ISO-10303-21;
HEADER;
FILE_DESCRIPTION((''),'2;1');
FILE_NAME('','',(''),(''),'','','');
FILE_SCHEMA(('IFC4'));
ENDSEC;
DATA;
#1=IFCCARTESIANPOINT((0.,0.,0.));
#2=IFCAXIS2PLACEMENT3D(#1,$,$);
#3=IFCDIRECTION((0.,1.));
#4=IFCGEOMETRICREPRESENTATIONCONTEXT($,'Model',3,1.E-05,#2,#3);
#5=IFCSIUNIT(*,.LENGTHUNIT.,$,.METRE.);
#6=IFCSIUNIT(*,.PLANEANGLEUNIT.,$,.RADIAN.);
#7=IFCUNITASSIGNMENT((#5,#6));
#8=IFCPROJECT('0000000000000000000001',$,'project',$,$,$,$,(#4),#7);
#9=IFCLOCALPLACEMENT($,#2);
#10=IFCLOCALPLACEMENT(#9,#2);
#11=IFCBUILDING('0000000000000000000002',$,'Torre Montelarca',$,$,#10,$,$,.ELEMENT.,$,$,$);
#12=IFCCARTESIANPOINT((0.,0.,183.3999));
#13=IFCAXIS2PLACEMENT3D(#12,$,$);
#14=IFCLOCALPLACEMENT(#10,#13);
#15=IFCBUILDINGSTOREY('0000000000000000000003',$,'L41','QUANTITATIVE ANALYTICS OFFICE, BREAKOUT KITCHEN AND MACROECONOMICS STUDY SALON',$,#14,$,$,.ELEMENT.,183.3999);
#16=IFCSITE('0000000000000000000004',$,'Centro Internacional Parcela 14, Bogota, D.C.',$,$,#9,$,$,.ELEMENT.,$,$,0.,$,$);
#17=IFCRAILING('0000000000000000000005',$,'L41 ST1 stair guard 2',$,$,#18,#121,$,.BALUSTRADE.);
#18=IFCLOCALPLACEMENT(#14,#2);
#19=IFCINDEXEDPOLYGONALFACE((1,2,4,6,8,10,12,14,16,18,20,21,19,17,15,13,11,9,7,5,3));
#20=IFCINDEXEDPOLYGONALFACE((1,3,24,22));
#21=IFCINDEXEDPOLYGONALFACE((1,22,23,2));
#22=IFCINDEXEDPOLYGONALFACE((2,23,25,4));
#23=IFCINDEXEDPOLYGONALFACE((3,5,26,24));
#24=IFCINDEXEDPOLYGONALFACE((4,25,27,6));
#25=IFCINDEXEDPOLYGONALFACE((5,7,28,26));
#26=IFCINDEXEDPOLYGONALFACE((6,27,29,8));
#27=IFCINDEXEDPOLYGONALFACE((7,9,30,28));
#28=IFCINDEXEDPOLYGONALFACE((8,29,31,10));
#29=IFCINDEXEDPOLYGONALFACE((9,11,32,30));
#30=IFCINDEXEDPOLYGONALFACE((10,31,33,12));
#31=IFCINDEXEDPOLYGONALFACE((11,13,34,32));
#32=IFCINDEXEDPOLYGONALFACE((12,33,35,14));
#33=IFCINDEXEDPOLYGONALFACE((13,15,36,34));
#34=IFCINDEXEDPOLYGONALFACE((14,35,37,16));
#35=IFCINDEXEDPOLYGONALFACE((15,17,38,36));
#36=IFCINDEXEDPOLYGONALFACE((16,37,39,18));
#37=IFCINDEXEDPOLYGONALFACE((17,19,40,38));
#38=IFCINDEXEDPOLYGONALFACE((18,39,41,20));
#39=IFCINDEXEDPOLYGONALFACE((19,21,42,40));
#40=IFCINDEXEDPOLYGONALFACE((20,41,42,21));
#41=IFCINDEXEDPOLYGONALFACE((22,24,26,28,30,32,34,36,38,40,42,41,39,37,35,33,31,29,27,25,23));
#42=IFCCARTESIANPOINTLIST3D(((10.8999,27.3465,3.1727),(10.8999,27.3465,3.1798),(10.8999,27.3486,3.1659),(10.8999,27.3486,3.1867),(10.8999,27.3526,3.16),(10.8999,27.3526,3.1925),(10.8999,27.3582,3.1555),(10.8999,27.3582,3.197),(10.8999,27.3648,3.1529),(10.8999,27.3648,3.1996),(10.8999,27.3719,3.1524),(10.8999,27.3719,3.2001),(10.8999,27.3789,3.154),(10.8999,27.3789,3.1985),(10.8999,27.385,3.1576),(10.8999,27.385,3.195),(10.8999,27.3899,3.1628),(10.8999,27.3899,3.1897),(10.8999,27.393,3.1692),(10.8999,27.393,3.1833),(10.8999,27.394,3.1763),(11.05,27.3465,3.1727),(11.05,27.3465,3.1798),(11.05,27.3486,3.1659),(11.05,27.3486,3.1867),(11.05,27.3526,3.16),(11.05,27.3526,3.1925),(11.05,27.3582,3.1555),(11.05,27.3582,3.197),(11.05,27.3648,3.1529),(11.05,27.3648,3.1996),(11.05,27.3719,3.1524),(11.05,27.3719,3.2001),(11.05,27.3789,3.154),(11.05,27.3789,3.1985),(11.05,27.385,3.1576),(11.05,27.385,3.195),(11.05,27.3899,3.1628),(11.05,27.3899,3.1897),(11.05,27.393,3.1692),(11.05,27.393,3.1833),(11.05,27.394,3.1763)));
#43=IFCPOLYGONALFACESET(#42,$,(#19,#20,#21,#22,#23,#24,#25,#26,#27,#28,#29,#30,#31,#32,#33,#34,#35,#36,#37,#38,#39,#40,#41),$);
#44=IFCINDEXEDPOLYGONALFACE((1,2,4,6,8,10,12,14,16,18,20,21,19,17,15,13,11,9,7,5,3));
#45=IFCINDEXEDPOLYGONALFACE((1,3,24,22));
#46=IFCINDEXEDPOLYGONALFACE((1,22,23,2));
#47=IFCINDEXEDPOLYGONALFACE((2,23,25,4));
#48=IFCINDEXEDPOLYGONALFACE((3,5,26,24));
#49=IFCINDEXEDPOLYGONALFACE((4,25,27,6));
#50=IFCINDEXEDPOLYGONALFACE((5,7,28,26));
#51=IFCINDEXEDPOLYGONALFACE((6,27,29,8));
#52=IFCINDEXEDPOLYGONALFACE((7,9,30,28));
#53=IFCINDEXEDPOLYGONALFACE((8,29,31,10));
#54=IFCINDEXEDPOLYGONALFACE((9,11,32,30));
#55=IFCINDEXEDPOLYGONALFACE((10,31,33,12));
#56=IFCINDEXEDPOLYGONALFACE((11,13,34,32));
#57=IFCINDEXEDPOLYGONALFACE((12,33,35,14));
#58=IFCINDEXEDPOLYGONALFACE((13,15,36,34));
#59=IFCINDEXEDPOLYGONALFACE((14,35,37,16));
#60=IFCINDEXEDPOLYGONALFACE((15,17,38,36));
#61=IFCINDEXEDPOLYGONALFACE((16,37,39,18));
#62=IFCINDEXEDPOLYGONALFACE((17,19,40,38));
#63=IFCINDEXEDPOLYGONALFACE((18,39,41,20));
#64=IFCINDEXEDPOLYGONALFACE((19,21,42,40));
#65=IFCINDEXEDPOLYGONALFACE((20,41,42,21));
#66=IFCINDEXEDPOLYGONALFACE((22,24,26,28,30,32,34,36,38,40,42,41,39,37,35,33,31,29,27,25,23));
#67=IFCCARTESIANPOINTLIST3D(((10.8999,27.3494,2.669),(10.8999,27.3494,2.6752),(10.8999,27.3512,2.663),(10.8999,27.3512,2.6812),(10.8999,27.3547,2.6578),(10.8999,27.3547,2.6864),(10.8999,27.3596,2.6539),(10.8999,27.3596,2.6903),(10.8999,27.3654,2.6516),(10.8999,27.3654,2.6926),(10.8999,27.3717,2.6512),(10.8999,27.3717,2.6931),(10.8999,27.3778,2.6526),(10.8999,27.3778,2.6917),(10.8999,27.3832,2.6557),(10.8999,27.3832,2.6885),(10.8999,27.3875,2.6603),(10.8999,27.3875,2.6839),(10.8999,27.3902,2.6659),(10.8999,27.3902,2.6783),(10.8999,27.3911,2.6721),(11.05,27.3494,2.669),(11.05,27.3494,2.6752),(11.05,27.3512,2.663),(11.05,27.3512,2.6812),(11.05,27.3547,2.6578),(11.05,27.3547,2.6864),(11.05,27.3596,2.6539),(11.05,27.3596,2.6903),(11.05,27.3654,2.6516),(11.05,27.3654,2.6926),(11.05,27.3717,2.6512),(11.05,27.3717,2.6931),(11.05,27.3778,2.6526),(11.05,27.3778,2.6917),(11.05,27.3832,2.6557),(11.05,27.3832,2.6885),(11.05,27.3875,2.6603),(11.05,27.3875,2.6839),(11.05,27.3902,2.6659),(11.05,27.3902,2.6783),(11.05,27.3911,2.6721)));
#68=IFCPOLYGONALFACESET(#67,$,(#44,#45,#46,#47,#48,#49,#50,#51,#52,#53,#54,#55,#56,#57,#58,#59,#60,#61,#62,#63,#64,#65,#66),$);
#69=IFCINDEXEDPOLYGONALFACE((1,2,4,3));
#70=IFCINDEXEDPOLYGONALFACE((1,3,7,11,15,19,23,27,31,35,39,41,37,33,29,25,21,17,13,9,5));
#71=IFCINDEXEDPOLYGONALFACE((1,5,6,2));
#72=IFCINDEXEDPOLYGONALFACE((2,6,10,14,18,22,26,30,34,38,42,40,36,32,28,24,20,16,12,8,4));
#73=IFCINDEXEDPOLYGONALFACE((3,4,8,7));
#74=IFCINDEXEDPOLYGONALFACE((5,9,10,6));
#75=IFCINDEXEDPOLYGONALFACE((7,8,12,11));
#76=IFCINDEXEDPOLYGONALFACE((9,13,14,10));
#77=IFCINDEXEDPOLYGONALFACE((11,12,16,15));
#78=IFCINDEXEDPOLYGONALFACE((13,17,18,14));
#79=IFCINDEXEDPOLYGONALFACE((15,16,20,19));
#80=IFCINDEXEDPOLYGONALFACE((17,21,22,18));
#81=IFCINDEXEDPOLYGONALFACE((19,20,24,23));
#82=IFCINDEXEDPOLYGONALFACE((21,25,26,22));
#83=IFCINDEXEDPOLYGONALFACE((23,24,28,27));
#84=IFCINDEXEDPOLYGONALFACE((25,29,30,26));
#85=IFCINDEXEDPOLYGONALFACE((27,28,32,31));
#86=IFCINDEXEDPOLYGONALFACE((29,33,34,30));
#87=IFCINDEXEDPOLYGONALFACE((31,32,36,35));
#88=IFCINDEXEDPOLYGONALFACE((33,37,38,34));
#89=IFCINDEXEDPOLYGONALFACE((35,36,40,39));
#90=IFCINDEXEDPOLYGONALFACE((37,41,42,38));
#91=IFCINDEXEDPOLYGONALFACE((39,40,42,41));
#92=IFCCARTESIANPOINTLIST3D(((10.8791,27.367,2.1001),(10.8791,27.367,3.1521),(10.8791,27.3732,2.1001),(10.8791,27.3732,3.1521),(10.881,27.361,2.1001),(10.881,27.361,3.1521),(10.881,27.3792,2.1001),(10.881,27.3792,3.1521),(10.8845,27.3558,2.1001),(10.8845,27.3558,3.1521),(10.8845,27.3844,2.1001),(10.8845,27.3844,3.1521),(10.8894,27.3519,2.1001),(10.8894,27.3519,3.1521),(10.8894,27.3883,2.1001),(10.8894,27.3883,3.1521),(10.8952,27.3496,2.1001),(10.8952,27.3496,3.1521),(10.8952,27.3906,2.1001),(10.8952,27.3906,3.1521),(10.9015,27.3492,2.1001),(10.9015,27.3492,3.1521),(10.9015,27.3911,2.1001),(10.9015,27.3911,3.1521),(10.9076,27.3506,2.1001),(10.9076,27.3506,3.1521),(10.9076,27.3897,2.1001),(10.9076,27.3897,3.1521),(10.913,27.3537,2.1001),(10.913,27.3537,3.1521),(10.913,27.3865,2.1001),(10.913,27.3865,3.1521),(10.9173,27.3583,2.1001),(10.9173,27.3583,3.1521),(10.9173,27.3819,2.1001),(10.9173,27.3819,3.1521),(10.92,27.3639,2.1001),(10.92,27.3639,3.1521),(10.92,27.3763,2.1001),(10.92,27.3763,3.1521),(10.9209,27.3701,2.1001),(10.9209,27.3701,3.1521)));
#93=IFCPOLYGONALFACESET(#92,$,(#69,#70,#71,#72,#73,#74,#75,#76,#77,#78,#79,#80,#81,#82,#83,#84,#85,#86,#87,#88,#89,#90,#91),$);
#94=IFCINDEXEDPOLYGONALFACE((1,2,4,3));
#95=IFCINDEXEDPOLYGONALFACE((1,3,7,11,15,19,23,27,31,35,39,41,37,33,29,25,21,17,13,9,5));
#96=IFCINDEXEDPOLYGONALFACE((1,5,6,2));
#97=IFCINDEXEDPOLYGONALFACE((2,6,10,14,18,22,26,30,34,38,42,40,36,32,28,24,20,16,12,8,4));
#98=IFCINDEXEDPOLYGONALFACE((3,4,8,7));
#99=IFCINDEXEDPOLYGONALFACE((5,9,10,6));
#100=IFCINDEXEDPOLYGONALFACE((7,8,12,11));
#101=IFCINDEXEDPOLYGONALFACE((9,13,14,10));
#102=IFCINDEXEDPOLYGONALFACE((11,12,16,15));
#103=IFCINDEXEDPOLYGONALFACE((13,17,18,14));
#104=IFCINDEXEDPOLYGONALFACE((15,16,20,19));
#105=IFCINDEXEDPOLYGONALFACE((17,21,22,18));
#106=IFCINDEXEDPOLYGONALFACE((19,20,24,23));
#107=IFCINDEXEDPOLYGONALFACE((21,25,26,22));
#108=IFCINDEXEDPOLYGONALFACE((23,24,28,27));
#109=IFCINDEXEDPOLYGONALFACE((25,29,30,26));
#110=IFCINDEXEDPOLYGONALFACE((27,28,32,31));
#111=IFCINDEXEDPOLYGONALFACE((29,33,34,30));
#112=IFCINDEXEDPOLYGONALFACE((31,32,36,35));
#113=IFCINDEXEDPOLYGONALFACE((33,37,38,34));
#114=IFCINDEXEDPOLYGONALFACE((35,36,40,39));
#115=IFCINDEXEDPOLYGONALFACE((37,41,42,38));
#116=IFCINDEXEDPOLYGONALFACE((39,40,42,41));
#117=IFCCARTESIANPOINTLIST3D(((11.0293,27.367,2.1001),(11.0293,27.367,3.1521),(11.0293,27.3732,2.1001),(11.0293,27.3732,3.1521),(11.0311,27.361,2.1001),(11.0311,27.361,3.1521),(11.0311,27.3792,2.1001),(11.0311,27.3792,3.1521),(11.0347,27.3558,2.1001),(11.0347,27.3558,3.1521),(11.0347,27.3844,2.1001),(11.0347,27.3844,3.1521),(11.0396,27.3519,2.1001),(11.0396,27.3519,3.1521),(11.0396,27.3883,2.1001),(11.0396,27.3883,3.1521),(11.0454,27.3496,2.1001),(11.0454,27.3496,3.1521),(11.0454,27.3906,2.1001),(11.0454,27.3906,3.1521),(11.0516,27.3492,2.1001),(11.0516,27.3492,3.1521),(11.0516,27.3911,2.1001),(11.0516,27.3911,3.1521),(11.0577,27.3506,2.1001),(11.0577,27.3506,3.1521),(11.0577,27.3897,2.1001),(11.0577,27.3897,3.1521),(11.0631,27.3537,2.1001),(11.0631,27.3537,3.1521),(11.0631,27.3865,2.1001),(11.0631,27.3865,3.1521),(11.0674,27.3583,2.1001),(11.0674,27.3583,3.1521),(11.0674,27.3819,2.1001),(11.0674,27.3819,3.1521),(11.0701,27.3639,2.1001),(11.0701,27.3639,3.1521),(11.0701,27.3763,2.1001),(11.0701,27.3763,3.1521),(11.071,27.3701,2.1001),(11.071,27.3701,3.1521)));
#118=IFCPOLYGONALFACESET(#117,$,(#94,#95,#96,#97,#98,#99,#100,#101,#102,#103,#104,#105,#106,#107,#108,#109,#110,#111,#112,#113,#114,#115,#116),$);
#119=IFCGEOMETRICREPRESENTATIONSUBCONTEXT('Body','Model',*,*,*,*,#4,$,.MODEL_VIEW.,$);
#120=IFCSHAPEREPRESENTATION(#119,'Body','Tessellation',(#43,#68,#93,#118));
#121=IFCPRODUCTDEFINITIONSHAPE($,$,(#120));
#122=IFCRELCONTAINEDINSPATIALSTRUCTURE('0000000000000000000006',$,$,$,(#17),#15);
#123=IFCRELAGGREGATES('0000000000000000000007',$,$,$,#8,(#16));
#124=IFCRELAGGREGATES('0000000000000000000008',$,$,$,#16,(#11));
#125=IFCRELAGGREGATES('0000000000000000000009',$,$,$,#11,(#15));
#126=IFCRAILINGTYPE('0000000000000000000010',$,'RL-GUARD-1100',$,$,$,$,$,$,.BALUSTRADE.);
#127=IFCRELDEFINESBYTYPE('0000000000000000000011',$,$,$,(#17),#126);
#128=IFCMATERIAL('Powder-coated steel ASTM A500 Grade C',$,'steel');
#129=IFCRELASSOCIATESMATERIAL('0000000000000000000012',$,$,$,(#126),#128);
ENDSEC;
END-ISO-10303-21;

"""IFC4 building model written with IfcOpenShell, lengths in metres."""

from ifc_helpers import new_model, si_unit, direction, frame, origin, origin_2d, place, context, subcontext, project, spatial, circle, extrude, material, type_object, element, save


model = new_model("IFC4")

# Units and contexts
model_context = context("Model", 3, precision=1e-05, world=origin(), true_north=direction((0.0, 1.0)))
body_context = subcontext(model_context, "Body", "Model", "MODEL_VIEW")
ifc_project = project(units=[si_unit("LENGTHUNIT", "METRE"), si_unit("PLANEANGLEUNIT", "RADIAN")], contexts=[model_context])

# Site, building, storey
site_placement = place(None, origin())
site = spatial("IfcSite", under=ifc_project, at=site_placement, Name="Centro Internacional Parcela 14, Bogota, D.C.", CompositionType="ELEMENT", RefElevation=0.0)
building_placement = place(site_placement, origin())
building = spatial("IfcBuilding", under=site, at=building_placement, Name="Torre Montelarca", CompositionType="ELEMENT")
storey_placement = place(building_placement, frame((0.0, 0.0, 183.3999)))
storey = spatial("IfcBuildingStorey", under=building, at=storey_placement, Name="L41", Description="QUANTITATIVE ANALYTICS OFFICE, BREAKOUT KITCHEN AND MACROECONOMICS STUDY SALON", CompositionType="ELEMENT", Elevation=183.3999)

# Railing
ifc_material_1 = material(Name="Powder-coated steel ASTM A500 Grade C", Category="steel")
railing_type_1 = type_object("IfcRailingType", Name="RL-GUARD-1100", PredefinedType="BALUSTRADE", material=ifc_material_1)
railing_1_placement = place(storey_placement, frame((10.8999, 27.3701, 2.1001)))
element("IfcRailing", 1, at=railing_1_placement, inside=storey, type_object=railing_type_1, Name="L41 ST1 stair guard 2", PredefinedType="BALUSTRADE", context=body_context, shape_type="SweptSolid", body=[
    extrude(circle(Radius=0.0239, at=origin_2d()), frame((0.0, 0.0, 1.0762), z_axis=(1.0, 0.0, 0.0), x_axis=(0.0, 1.0, 0.0)), (0.0, 0.0, 1.0), 0.1501),
    extrude(circle(Radius=0.021, at=origin_2d()), frame((0.0, 0.0, 0.572), z_axis=(1.0, 0.0, 0.0), x_axis=(0.0, 1.0, 0.0)), (0.0, 0.0, 1.0), 0.1501),
    extrude(circle(Radius=0.021, at=origin_2d()), origin(), (0.0, 0.0, 1.0), 1.052),
    extrude(circle(Radius=0.021, at=origin_2d()), frame((0.1501, 0.0, 0.0)), (0.0, 0.0, 1.0), 1.052),
])

save(model, "model.ifc")
